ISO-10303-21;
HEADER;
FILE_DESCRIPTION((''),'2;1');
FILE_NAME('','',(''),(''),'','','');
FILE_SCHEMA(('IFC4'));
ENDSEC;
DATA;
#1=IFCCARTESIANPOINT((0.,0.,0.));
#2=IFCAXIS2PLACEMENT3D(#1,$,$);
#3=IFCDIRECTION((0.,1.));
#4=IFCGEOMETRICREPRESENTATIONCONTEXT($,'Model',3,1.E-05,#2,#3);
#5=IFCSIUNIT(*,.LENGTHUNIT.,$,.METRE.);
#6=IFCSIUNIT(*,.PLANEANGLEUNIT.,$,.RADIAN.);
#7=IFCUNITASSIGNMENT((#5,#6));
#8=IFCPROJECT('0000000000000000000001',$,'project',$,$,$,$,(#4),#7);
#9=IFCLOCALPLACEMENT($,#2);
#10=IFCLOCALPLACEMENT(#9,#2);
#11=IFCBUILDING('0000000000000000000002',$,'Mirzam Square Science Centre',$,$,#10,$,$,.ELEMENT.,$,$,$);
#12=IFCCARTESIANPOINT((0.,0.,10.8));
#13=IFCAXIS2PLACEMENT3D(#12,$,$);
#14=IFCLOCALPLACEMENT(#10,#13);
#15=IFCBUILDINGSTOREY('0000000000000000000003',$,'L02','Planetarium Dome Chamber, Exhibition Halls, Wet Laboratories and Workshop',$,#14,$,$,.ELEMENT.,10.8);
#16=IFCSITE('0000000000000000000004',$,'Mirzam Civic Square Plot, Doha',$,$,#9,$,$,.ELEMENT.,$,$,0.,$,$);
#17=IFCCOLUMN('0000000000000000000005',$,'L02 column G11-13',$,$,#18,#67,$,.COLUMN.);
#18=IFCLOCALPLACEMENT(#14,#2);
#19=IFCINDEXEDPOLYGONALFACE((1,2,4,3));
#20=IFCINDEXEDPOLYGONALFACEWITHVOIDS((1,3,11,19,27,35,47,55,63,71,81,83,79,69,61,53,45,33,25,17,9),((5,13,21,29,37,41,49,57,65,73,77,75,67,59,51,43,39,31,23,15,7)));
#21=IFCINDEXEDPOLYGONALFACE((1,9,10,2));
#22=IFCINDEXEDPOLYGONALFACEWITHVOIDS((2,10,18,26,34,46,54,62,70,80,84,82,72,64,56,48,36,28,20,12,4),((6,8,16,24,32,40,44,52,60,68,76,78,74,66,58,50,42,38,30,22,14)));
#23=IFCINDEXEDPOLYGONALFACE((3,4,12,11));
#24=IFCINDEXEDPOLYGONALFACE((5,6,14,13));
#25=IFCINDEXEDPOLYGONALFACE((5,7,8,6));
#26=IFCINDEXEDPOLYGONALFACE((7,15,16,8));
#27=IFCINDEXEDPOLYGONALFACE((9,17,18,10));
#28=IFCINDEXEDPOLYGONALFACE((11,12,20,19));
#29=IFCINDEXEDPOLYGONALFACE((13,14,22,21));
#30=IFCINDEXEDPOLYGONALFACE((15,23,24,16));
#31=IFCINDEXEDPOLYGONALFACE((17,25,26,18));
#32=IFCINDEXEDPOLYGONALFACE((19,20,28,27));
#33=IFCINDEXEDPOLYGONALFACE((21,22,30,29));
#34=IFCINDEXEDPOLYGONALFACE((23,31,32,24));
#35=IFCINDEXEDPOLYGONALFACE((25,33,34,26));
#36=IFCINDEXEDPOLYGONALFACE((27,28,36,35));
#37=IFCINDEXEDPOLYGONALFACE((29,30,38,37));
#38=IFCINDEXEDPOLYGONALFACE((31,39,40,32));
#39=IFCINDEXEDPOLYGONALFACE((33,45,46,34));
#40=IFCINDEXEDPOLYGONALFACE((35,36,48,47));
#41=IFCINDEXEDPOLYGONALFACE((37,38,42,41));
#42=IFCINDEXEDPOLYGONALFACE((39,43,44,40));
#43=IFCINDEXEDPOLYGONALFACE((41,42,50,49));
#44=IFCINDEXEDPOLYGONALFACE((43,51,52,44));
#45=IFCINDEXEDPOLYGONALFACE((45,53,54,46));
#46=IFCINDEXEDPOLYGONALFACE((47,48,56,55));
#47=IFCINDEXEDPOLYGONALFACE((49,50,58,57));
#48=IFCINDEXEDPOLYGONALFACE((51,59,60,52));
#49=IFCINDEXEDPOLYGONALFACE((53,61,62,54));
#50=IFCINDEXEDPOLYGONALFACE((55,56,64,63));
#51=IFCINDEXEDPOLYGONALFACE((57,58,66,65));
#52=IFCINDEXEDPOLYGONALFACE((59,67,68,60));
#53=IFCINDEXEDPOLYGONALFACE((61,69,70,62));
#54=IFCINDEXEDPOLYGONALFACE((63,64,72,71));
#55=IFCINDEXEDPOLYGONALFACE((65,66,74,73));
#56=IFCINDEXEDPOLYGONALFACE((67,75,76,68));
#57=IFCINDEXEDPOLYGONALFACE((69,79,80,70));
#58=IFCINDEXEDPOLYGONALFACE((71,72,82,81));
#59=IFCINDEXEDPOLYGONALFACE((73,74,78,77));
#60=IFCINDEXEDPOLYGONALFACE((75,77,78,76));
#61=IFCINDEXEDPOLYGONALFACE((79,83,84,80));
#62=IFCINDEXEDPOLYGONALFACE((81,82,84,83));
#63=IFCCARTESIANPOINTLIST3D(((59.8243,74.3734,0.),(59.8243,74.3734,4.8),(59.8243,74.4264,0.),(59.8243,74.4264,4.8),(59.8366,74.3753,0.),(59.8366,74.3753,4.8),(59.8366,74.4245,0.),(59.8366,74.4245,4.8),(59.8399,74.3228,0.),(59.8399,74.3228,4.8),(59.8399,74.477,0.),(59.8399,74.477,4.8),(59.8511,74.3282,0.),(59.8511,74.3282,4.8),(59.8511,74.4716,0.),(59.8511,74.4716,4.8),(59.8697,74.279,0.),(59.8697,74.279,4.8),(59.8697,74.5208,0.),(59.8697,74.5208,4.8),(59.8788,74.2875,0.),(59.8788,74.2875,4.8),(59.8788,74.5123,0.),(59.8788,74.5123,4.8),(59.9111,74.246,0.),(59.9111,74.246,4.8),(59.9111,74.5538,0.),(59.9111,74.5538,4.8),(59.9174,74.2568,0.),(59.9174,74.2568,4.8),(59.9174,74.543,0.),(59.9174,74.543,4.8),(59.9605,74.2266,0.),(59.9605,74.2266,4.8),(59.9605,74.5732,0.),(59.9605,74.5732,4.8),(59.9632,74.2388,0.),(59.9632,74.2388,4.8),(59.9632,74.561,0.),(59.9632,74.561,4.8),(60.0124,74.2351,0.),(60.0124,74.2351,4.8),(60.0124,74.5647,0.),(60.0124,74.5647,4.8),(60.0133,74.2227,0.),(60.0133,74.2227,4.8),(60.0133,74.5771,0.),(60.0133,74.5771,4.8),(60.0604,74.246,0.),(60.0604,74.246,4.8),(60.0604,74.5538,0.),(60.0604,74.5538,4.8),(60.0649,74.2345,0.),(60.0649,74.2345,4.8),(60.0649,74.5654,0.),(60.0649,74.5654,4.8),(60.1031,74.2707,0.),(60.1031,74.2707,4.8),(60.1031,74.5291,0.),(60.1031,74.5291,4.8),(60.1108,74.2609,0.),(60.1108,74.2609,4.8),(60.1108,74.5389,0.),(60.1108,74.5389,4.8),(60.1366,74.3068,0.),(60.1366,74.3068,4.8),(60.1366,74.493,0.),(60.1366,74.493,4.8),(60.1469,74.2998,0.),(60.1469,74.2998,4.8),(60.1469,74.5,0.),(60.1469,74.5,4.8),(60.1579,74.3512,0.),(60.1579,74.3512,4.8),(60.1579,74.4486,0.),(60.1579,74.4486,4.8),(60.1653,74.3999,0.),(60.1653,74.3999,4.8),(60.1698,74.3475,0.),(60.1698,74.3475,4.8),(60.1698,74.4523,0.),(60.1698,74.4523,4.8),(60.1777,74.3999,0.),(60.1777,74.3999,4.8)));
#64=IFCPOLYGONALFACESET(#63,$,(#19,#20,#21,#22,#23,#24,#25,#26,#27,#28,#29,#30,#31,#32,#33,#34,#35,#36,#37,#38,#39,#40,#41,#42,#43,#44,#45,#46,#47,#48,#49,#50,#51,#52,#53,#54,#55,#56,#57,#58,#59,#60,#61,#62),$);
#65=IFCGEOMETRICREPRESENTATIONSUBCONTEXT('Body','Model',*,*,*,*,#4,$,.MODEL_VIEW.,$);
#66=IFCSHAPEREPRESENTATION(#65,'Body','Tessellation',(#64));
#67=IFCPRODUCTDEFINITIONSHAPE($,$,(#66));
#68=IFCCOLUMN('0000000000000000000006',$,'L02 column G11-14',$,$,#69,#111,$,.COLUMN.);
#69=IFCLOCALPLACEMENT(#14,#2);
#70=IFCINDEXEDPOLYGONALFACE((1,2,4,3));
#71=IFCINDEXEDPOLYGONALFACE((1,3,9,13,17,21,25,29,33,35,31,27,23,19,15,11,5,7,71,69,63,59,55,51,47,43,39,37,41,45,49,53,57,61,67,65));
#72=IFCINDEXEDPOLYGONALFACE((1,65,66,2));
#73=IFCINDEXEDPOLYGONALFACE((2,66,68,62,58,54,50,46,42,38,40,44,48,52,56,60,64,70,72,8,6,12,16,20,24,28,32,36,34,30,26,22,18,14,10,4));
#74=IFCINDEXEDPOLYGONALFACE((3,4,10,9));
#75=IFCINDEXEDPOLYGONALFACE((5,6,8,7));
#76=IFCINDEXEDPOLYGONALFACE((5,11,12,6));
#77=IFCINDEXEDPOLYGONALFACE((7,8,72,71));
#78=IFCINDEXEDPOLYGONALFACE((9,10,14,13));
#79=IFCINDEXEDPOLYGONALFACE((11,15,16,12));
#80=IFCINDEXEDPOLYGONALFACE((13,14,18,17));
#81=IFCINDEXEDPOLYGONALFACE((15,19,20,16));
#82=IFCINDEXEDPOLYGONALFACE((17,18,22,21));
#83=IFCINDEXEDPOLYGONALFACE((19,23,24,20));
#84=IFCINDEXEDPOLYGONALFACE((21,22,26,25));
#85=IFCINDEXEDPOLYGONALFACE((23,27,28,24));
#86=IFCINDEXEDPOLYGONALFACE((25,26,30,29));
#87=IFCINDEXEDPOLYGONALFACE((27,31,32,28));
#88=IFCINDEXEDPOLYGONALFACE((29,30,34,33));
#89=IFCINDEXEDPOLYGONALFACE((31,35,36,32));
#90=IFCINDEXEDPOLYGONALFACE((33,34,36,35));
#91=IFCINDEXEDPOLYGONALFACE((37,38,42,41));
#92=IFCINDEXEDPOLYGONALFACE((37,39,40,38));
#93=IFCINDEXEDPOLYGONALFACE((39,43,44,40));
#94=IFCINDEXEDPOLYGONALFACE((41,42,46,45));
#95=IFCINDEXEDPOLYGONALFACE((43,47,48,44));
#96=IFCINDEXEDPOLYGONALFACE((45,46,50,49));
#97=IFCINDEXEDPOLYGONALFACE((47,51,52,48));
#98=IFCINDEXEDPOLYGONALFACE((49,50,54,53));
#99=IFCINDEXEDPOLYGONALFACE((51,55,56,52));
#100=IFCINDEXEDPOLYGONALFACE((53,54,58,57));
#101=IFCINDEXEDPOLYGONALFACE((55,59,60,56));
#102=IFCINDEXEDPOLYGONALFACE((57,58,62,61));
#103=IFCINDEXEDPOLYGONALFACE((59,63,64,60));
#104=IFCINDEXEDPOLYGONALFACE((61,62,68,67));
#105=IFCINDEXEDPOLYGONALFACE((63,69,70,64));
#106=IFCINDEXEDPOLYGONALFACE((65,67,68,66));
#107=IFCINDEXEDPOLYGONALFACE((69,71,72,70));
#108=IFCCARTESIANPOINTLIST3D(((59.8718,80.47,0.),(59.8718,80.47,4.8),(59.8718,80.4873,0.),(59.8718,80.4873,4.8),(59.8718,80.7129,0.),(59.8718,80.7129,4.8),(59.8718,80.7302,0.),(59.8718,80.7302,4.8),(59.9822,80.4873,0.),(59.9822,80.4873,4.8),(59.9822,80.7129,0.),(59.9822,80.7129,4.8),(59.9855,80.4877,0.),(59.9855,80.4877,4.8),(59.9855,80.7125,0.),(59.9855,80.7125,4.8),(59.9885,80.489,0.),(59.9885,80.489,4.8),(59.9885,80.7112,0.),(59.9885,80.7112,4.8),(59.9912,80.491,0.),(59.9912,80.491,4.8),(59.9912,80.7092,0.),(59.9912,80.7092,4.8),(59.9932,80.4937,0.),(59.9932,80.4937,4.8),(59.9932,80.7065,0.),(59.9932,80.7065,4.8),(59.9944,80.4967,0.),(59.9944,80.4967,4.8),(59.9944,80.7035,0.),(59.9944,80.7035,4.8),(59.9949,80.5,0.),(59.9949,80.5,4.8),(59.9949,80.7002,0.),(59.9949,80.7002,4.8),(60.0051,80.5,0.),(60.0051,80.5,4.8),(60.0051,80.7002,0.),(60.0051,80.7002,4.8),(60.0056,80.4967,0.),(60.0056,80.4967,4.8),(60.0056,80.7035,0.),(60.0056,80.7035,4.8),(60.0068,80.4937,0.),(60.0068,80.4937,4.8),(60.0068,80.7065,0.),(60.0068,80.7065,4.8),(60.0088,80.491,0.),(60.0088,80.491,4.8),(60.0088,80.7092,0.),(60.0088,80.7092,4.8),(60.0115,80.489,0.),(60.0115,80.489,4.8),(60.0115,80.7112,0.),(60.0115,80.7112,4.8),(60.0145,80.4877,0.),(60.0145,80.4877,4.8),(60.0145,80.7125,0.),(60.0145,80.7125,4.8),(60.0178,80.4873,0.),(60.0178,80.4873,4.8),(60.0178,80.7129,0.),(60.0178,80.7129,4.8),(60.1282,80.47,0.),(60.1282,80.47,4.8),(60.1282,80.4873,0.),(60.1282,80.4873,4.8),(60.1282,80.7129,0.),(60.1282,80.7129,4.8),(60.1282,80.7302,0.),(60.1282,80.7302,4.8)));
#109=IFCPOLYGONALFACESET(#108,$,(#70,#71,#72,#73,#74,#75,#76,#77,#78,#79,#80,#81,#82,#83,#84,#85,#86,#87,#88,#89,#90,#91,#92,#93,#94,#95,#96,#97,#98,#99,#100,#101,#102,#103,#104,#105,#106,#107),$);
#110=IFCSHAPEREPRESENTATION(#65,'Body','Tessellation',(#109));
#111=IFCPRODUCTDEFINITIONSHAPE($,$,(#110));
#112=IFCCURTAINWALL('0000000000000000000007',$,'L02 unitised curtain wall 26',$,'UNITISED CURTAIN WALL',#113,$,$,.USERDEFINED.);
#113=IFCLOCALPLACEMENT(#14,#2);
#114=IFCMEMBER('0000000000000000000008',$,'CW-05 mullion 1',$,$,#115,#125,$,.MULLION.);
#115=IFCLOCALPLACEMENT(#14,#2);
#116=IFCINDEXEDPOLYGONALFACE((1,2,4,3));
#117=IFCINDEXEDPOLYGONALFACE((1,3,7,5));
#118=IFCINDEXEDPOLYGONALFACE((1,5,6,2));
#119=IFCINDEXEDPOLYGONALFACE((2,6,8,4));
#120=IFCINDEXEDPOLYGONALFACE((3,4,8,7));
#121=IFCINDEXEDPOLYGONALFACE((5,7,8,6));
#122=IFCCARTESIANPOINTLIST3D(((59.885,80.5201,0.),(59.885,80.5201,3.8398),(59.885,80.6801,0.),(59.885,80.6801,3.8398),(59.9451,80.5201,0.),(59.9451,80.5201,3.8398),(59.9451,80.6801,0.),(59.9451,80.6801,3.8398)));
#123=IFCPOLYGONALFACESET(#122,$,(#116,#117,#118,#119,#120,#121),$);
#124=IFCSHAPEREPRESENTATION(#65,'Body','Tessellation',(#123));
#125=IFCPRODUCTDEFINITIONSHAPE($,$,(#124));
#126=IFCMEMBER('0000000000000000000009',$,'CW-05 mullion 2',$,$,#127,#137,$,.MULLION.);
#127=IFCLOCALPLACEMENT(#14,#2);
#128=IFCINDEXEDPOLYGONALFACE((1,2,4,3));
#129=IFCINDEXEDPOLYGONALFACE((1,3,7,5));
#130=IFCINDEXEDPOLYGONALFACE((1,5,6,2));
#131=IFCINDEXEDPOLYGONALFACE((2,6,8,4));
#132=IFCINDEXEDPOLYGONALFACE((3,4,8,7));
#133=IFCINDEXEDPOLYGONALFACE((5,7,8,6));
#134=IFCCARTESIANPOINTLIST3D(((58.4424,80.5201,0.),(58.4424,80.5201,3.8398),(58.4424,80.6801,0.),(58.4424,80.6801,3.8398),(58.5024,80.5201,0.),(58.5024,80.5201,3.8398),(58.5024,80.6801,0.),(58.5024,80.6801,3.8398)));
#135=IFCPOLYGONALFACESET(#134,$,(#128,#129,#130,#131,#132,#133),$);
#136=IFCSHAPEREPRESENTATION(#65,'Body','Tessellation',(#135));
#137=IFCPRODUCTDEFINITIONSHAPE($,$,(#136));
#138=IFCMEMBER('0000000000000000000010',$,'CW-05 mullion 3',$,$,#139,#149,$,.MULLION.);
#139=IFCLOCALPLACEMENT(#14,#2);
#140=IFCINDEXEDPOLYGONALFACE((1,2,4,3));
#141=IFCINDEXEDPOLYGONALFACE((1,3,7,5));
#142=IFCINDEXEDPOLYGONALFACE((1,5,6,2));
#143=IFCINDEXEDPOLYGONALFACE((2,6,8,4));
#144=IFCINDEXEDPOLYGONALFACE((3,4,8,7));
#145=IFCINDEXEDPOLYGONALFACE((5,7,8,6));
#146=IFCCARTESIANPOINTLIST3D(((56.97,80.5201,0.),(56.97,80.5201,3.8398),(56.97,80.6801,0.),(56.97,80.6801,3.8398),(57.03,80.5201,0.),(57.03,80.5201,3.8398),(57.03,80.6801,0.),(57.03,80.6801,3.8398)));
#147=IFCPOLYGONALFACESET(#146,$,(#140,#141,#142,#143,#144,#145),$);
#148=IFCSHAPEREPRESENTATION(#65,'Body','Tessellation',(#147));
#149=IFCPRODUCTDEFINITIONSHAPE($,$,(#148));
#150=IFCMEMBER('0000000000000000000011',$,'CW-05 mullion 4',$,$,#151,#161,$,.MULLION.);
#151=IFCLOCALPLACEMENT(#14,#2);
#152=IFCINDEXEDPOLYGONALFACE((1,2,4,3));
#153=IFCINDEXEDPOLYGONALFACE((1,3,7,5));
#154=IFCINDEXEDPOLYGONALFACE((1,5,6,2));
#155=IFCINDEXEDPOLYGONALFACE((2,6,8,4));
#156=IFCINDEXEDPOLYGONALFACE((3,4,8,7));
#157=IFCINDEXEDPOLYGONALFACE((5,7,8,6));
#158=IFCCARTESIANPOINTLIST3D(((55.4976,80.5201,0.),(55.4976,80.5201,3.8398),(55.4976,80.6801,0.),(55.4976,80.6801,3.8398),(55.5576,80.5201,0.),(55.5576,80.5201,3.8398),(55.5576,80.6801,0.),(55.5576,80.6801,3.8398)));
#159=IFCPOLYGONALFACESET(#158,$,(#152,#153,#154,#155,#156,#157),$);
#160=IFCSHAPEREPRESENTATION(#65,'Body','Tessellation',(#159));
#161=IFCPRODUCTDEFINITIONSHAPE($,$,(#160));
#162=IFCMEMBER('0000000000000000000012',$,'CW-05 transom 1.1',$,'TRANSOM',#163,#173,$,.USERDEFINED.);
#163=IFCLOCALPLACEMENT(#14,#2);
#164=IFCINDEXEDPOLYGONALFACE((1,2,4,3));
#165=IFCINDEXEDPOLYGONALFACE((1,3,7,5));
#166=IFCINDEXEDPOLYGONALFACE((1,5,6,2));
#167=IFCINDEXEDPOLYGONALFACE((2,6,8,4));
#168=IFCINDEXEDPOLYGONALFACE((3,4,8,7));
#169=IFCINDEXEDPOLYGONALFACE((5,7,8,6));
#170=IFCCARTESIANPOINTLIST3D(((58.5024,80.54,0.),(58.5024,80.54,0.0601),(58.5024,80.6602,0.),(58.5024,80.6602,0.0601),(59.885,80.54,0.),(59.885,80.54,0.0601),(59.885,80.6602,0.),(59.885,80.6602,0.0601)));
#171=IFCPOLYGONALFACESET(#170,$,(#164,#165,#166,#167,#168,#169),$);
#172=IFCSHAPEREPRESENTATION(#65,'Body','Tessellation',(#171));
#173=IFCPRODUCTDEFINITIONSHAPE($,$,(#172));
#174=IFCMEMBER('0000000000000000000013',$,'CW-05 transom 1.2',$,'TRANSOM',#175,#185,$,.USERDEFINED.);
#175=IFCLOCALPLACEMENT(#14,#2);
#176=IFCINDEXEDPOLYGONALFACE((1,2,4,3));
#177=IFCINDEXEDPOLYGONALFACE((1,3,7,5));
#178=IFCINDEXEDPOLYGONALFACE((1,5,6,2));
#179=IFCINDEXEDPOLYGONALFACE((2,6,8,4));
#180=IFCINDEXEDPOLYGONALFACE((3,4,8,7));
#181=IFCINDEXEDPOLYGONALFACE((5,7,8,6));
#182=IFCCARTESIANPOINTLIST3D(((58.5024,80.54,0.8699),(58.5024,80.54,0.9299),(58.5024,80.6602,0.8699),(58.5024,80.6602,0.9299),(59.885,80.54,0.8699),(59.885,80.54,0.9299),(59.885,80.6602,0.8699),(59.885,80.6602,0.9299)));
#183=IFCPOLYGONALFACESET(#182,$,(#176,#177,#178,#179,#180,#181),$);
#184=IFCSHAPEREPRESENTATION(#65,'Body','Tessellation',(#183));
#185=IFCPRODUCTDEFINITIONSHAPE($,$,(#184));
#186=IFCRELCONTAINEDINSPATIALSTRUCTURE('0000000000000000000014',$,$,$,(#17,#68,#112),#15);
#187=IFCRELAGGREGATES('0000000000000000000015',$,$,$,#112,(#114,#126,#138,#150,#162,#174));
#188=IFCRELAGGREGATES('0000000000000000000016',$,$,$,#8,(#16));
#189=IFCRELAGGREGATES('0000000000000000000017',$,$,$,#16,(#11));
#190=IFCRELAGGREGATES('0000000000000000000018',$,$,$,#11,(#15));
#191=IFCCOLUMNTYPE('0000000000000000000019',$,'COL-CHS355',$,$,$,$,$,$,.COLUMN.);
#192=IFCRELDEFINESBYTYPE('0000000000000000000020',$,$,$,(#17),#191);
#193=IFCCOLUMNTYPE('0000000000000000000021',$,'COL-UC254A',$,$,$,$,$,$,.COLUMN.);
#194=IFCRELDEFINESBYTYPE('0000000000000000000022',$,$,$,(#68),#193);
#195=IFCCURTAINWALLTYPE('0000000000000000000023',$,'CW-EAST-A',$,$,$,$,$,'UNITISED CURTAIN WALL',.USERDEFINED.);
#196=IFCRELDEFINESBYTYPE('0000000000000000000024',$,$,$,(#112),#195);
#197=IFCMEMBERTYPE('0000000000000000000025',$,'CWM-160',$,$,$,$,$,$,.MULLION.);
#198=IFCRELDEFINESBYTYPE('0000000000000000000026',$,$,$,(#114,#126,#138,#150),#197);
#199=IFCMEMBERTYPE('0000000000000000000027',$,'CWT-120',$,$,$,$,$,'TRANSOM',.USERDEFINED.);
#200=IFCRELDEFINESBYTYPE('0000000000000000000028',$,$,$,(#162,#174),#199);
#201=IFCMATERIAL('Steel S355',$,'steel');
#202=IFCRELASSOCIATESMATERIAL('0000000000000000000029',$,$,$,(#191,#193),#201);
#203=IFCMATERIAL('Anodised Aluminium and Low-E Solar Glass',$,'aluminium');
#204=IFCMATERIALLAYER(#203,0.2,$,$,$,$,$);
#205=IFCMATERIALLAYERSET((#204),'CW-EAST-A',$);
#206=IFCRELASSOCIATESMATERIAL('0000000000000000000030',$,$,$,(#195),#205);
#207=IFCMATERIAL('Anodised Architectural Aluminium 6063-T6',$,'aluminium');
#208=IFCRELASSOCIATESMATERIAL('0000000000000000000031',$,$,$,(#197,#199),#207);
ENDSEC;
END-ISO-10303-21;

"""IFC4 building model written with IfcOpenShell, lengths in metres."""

from ifc_helpers import new_model, si_unit, direction, frame, origin, origin_2d, place, context, subcontext, project, spatial, rectangle, hollow_circle, i_section, extrude, material, layer, layer_set, material_profile, profile_set, type_object, element, aggregate, save


model = new_model("IFC4")

# Units and contexts
model_context = context("Model", 3, precision=1e-05, world=origin(), true_north=direction((0.0, 1.0)))
body_context = subcontext(model_context, "Body", "Model", "MODEL_VIEW")
ifc_project = project(units=[si_unit("LENGTHUNIT", "METRE"), si_unit("PLANEANGLEUNIT", "RADIAN")], contexts=[model_context])

# Site, building, storey
site_placement = place(None, origin())
site = spatial("IfcSite", under=ifc_project, at=site_placement, Name="Mirzam Civic Square Plot, Doha", CompositionType="ELEMENT", RefElevation=0.0)
building_placement = place(site_placement, origin())
building = spatial("IfcBuilding", under=site, at=building_placement, Name="Mirzam Square Science Centre", CompositionType="ELEMENT")
storey_placement = place(building_placement, frame((0.0, 0.0, 10.8)))
storey = spatial("IfcBuildingStorey", under=building, at=storey_placement, Name="L02", Description="Planetarium Dome Chamber, Exhibition Halls, Wet Laboratories and Workshop", CompositionType="ELEMENT", Elevation=10.8)

# Columns
ifc_material_1 = material(Name="Steel S355", Category="steel")
ifc_material_profile_1 = material_profile(ifc_material_1, hollow_circle(Radius=0.1777, WallThickness=0.0125, at=origin_2d()), Name="355.6x12.5CHS")
ifc_profile_set_1 = profile_set([ifc_material_profile_1], Name="Steel S355")
column_type_1 = type_object("IfcColumnType", Name="COL-CHS355", PredefinedType="COLUMN", material=ifc_profile_set_1)
column_1_placement = place(storey_placement, frame((60.0, 74.3999, 0.0), z_axis=(0.0, 0.0, 1.0), x_axis=(1.0, 0.0, 0.0)))
element("IfcColumn", 1, at=column_1_placement, inside=storey, type_object=column_type_1, Name="L02 column G11-13", PredefinedType="COLUMN", context=body_context, shape_type="SweptSolid", body=[
    extrude(hollow_circle(Radius=0.1777, WallThickness=0.0125, at=origin_2d()), origin(), (0.0, 0.0, 1.0), 4.8),
])
ifc_material_profile_2 = material_profile(ifc_material_1, i_section(OverallWidth=0.2563, OverallDepth=0.2603, WebThickness=0.0103, FlangeThickness=0.0173, FilletRadius=0.0127, at=origin_2d()), Name="254x254x89UC")
ifc_profile_set_2 = profile_set([ifc_material_profile_2], Name="Steel S355")
column_type_2 = type_object("IfcColumnType", Name="COL-UC254A", PredefinedType="COLUMN", material=ifc_profile_set_2)
column_2_placement = place(storey_placement, frame((60.0, 80.6001, 0.0), z_axis=(0.0, 0.0, 1.0), x_axis=(1.0, 0.0, 0.0)))
element("IfcColumn", 2, at=column_2_placement, inside=storey, type_object=column_type_2, Name="L02 column G11-14", PredefinedType="COLUMN", context=body_context, shape_type="SweptSolid", body=[
    extrude(i_section(OverallWidth=0.2563, OverallDepth=0.2603, WebThickness=0.0103, FlangeThickness=0.0173, FilletRadius=0.0127, at=origin_2d()), origin(), (0.0, 0.0, 1.0), 4.8),
])

# Curtain wall, members
ifc_material_2 = material(Name="Anodised Aluminium and Low-E Solar Glass", Category="aluminium")
ifc_layer_1 = layer(ifc_material_2, 0.2)
ifc_layer_set_1 = layer_set([ifc_layer_1], Name="CW-EAST-A")
curtain_wall_type = type_object("IfcCurtainWallType", Name="CW-EAST-A", ElementType="UNITISED CURTAIN WALL", PredefinedType="USERDEFINED", material=ifc_layer_set_1)
curtain_wall_placement = place(storey_placement, origin())
curtain_wall = element("IfcCurtainWall", 3, at=curtain_wall_placement, inside=storey, type_object=curtain_wall_type, Name="L02 unitised curtain wall 26", ObjectType="UNITISED CURTAIN WALL", PredefinedType="USERDEFINED")
ifc_material_3 = material(Name="Anodised Architectural Aluminium 6063-T6", Category="aluminium")
ifc_material_profile_3 = material_profile(ifc_material_3, rectangle(XDim=0.0601, YDim=0.1599, at=origin_2d()), Name="ALU-MULL-160x60x4")
ifc_profile_set_3 = profile_set([ifc_material_profile_3], Name="Anodised Architectural Aluminium 6063-T6")
member_type_1 = type_object("IfcMemberType", Name="CWM-160", PredefinedType="MULLION", material=ifc_profile_set_3)
member_1_placement = place(storey_placement, frame((59.915, 80.6001, 0.0), z_axis=(0.0, 0.0, 1.0), x_axis=(-1.0, 0.0, 0.0)))
member_1 = element("IfcMember", 4, at=member_1_placement, type_object=member_type_1, Name="CW-05 mullion 1", PredefinedType="MULLION", context=body_context, shape_type="SweptSolid", body=[
    extrude(rectangle(XDim=0.0601, YDim=0.1599, at=origin_2d()), origin(), (0.0, 0.0, 1.0), 3.8398),
])
member_2_placement = place(storey_placement, frame((58.4724, 80.6001, 0.0), z_axis=(0.0, 0.0, 1.0), x_axis=(-1.0, 0.0, 0.0)))
member_2 = element("IfcMember", 5, at=member_2_placement, type_object=member_type_1, Name="CW-05 mullion 2", PredefinedType="MULLION", context=body_context, shape_type="SweptSolid", body=[
    extrude(rectangle(XDim=0.0601, YDim=0.1599, at=origin_2d()), origin(), (0.0, 0.0, 1.0), 3.8398),
])
member_3_placement = place(storey_placement, frame((57.0, 80.6001, 0.0), z_axis=(0.0, 0.0, 1.0), x_axis=(-1.0, 0.0, 0.0)))
member_3 = element("IfcMember", 6, at=member_3_placement, type_object=member_type_1, Name="CW-05 mullion 3", PredefinedType="MULLION", context=body_context, shape_type="SweptSolid", body=[
    extrude(rectangle(XDim=0.0601, YDim=0.1599, at=origin_2d()), origin(), (0.0, 0.0, 1.0), 3.8398),
])
member_4_placement = place(storey_placement, frame((55.5276, 80.6001, 0.0), z_axis=(0.0, 0.0, 1.0), x_axis=(-1.0, 0.0, 0.0)))
member_4 = element("IfcMember", 7, at=member_4_placement, type_object=member_type_1, Name="CW-05 mullion 4", PredefinedType="MULLION", context=body_context, shape_type="SweptSolid", body=[
    extrude(rectangle(XDim=0.0601, YDim=0.1599, at=origin_2d()), origin(), (0.0, 0.0, 1.0), 3.8398),
])
ifc_material_profile_4 = material_profile(ifc_material_3, rectangle(XDim=0.1201, YDim=0.0601, at=origin_2d()), Name="ALU-TRAN-120x60x4")
ifc_profile_set_4 = profile_set([ifc_material_profile_4], Name="Anodised Architectural Aluminium 6063-T6")
member_type_2 = type_object("IfcMemberType", Name="CWT-120", ElementType="TRANSOM", PredefinedType="USERDEFINED", material=ifc_profile_set_4)
member_5_placement = place(storey_placement, frame((59.885, 80.6001, 0.03), z_axis=(-1.0, 0.0, 0.0), x_axis=(0.0, -1.0, 0.0)))
member_5 = element("IfcMember", 8, at=member_5_placement, type_object=member_type_2, Name="CW-05 transom 1.1", ObjectType="TRANSOM", PredefinedType="USERDEFINED", context=body_context, shape_type="SweptSolid", body=[
    extrude(rectangle(XDim=0.1201, YDim=0.0601, at=origin_2d()), origin(), (0.0, 0.0, 1.0), 1.3826),
])
member_6_placement = place(storey_placement, frame((59.885, 80.6001, 0.8999), z_axis=(-1.0, 0.0, 0.0), x_axis=(0.0, -1.0, 0.0)))
member_6 = element("IfcMember", 9, at=member_6_placement, type_object=member_type_2, Name="CW-05 transom 1.2", ObjectType="TRANSOM", PredefinedType="USERDEFINED", context=body_context, shape_type="SweptSolid", body=[
    extrude(rectangle(XDim=0.1201, YDim=0.0601, at=origin_2d()), origin(), (0.0, 0.0, 1.0), 1.3826),
])

aggregate(curtain_wall, [member_1, member_2, member_3, member_4, member_5, member_6])

save(model, "model.ifc")
